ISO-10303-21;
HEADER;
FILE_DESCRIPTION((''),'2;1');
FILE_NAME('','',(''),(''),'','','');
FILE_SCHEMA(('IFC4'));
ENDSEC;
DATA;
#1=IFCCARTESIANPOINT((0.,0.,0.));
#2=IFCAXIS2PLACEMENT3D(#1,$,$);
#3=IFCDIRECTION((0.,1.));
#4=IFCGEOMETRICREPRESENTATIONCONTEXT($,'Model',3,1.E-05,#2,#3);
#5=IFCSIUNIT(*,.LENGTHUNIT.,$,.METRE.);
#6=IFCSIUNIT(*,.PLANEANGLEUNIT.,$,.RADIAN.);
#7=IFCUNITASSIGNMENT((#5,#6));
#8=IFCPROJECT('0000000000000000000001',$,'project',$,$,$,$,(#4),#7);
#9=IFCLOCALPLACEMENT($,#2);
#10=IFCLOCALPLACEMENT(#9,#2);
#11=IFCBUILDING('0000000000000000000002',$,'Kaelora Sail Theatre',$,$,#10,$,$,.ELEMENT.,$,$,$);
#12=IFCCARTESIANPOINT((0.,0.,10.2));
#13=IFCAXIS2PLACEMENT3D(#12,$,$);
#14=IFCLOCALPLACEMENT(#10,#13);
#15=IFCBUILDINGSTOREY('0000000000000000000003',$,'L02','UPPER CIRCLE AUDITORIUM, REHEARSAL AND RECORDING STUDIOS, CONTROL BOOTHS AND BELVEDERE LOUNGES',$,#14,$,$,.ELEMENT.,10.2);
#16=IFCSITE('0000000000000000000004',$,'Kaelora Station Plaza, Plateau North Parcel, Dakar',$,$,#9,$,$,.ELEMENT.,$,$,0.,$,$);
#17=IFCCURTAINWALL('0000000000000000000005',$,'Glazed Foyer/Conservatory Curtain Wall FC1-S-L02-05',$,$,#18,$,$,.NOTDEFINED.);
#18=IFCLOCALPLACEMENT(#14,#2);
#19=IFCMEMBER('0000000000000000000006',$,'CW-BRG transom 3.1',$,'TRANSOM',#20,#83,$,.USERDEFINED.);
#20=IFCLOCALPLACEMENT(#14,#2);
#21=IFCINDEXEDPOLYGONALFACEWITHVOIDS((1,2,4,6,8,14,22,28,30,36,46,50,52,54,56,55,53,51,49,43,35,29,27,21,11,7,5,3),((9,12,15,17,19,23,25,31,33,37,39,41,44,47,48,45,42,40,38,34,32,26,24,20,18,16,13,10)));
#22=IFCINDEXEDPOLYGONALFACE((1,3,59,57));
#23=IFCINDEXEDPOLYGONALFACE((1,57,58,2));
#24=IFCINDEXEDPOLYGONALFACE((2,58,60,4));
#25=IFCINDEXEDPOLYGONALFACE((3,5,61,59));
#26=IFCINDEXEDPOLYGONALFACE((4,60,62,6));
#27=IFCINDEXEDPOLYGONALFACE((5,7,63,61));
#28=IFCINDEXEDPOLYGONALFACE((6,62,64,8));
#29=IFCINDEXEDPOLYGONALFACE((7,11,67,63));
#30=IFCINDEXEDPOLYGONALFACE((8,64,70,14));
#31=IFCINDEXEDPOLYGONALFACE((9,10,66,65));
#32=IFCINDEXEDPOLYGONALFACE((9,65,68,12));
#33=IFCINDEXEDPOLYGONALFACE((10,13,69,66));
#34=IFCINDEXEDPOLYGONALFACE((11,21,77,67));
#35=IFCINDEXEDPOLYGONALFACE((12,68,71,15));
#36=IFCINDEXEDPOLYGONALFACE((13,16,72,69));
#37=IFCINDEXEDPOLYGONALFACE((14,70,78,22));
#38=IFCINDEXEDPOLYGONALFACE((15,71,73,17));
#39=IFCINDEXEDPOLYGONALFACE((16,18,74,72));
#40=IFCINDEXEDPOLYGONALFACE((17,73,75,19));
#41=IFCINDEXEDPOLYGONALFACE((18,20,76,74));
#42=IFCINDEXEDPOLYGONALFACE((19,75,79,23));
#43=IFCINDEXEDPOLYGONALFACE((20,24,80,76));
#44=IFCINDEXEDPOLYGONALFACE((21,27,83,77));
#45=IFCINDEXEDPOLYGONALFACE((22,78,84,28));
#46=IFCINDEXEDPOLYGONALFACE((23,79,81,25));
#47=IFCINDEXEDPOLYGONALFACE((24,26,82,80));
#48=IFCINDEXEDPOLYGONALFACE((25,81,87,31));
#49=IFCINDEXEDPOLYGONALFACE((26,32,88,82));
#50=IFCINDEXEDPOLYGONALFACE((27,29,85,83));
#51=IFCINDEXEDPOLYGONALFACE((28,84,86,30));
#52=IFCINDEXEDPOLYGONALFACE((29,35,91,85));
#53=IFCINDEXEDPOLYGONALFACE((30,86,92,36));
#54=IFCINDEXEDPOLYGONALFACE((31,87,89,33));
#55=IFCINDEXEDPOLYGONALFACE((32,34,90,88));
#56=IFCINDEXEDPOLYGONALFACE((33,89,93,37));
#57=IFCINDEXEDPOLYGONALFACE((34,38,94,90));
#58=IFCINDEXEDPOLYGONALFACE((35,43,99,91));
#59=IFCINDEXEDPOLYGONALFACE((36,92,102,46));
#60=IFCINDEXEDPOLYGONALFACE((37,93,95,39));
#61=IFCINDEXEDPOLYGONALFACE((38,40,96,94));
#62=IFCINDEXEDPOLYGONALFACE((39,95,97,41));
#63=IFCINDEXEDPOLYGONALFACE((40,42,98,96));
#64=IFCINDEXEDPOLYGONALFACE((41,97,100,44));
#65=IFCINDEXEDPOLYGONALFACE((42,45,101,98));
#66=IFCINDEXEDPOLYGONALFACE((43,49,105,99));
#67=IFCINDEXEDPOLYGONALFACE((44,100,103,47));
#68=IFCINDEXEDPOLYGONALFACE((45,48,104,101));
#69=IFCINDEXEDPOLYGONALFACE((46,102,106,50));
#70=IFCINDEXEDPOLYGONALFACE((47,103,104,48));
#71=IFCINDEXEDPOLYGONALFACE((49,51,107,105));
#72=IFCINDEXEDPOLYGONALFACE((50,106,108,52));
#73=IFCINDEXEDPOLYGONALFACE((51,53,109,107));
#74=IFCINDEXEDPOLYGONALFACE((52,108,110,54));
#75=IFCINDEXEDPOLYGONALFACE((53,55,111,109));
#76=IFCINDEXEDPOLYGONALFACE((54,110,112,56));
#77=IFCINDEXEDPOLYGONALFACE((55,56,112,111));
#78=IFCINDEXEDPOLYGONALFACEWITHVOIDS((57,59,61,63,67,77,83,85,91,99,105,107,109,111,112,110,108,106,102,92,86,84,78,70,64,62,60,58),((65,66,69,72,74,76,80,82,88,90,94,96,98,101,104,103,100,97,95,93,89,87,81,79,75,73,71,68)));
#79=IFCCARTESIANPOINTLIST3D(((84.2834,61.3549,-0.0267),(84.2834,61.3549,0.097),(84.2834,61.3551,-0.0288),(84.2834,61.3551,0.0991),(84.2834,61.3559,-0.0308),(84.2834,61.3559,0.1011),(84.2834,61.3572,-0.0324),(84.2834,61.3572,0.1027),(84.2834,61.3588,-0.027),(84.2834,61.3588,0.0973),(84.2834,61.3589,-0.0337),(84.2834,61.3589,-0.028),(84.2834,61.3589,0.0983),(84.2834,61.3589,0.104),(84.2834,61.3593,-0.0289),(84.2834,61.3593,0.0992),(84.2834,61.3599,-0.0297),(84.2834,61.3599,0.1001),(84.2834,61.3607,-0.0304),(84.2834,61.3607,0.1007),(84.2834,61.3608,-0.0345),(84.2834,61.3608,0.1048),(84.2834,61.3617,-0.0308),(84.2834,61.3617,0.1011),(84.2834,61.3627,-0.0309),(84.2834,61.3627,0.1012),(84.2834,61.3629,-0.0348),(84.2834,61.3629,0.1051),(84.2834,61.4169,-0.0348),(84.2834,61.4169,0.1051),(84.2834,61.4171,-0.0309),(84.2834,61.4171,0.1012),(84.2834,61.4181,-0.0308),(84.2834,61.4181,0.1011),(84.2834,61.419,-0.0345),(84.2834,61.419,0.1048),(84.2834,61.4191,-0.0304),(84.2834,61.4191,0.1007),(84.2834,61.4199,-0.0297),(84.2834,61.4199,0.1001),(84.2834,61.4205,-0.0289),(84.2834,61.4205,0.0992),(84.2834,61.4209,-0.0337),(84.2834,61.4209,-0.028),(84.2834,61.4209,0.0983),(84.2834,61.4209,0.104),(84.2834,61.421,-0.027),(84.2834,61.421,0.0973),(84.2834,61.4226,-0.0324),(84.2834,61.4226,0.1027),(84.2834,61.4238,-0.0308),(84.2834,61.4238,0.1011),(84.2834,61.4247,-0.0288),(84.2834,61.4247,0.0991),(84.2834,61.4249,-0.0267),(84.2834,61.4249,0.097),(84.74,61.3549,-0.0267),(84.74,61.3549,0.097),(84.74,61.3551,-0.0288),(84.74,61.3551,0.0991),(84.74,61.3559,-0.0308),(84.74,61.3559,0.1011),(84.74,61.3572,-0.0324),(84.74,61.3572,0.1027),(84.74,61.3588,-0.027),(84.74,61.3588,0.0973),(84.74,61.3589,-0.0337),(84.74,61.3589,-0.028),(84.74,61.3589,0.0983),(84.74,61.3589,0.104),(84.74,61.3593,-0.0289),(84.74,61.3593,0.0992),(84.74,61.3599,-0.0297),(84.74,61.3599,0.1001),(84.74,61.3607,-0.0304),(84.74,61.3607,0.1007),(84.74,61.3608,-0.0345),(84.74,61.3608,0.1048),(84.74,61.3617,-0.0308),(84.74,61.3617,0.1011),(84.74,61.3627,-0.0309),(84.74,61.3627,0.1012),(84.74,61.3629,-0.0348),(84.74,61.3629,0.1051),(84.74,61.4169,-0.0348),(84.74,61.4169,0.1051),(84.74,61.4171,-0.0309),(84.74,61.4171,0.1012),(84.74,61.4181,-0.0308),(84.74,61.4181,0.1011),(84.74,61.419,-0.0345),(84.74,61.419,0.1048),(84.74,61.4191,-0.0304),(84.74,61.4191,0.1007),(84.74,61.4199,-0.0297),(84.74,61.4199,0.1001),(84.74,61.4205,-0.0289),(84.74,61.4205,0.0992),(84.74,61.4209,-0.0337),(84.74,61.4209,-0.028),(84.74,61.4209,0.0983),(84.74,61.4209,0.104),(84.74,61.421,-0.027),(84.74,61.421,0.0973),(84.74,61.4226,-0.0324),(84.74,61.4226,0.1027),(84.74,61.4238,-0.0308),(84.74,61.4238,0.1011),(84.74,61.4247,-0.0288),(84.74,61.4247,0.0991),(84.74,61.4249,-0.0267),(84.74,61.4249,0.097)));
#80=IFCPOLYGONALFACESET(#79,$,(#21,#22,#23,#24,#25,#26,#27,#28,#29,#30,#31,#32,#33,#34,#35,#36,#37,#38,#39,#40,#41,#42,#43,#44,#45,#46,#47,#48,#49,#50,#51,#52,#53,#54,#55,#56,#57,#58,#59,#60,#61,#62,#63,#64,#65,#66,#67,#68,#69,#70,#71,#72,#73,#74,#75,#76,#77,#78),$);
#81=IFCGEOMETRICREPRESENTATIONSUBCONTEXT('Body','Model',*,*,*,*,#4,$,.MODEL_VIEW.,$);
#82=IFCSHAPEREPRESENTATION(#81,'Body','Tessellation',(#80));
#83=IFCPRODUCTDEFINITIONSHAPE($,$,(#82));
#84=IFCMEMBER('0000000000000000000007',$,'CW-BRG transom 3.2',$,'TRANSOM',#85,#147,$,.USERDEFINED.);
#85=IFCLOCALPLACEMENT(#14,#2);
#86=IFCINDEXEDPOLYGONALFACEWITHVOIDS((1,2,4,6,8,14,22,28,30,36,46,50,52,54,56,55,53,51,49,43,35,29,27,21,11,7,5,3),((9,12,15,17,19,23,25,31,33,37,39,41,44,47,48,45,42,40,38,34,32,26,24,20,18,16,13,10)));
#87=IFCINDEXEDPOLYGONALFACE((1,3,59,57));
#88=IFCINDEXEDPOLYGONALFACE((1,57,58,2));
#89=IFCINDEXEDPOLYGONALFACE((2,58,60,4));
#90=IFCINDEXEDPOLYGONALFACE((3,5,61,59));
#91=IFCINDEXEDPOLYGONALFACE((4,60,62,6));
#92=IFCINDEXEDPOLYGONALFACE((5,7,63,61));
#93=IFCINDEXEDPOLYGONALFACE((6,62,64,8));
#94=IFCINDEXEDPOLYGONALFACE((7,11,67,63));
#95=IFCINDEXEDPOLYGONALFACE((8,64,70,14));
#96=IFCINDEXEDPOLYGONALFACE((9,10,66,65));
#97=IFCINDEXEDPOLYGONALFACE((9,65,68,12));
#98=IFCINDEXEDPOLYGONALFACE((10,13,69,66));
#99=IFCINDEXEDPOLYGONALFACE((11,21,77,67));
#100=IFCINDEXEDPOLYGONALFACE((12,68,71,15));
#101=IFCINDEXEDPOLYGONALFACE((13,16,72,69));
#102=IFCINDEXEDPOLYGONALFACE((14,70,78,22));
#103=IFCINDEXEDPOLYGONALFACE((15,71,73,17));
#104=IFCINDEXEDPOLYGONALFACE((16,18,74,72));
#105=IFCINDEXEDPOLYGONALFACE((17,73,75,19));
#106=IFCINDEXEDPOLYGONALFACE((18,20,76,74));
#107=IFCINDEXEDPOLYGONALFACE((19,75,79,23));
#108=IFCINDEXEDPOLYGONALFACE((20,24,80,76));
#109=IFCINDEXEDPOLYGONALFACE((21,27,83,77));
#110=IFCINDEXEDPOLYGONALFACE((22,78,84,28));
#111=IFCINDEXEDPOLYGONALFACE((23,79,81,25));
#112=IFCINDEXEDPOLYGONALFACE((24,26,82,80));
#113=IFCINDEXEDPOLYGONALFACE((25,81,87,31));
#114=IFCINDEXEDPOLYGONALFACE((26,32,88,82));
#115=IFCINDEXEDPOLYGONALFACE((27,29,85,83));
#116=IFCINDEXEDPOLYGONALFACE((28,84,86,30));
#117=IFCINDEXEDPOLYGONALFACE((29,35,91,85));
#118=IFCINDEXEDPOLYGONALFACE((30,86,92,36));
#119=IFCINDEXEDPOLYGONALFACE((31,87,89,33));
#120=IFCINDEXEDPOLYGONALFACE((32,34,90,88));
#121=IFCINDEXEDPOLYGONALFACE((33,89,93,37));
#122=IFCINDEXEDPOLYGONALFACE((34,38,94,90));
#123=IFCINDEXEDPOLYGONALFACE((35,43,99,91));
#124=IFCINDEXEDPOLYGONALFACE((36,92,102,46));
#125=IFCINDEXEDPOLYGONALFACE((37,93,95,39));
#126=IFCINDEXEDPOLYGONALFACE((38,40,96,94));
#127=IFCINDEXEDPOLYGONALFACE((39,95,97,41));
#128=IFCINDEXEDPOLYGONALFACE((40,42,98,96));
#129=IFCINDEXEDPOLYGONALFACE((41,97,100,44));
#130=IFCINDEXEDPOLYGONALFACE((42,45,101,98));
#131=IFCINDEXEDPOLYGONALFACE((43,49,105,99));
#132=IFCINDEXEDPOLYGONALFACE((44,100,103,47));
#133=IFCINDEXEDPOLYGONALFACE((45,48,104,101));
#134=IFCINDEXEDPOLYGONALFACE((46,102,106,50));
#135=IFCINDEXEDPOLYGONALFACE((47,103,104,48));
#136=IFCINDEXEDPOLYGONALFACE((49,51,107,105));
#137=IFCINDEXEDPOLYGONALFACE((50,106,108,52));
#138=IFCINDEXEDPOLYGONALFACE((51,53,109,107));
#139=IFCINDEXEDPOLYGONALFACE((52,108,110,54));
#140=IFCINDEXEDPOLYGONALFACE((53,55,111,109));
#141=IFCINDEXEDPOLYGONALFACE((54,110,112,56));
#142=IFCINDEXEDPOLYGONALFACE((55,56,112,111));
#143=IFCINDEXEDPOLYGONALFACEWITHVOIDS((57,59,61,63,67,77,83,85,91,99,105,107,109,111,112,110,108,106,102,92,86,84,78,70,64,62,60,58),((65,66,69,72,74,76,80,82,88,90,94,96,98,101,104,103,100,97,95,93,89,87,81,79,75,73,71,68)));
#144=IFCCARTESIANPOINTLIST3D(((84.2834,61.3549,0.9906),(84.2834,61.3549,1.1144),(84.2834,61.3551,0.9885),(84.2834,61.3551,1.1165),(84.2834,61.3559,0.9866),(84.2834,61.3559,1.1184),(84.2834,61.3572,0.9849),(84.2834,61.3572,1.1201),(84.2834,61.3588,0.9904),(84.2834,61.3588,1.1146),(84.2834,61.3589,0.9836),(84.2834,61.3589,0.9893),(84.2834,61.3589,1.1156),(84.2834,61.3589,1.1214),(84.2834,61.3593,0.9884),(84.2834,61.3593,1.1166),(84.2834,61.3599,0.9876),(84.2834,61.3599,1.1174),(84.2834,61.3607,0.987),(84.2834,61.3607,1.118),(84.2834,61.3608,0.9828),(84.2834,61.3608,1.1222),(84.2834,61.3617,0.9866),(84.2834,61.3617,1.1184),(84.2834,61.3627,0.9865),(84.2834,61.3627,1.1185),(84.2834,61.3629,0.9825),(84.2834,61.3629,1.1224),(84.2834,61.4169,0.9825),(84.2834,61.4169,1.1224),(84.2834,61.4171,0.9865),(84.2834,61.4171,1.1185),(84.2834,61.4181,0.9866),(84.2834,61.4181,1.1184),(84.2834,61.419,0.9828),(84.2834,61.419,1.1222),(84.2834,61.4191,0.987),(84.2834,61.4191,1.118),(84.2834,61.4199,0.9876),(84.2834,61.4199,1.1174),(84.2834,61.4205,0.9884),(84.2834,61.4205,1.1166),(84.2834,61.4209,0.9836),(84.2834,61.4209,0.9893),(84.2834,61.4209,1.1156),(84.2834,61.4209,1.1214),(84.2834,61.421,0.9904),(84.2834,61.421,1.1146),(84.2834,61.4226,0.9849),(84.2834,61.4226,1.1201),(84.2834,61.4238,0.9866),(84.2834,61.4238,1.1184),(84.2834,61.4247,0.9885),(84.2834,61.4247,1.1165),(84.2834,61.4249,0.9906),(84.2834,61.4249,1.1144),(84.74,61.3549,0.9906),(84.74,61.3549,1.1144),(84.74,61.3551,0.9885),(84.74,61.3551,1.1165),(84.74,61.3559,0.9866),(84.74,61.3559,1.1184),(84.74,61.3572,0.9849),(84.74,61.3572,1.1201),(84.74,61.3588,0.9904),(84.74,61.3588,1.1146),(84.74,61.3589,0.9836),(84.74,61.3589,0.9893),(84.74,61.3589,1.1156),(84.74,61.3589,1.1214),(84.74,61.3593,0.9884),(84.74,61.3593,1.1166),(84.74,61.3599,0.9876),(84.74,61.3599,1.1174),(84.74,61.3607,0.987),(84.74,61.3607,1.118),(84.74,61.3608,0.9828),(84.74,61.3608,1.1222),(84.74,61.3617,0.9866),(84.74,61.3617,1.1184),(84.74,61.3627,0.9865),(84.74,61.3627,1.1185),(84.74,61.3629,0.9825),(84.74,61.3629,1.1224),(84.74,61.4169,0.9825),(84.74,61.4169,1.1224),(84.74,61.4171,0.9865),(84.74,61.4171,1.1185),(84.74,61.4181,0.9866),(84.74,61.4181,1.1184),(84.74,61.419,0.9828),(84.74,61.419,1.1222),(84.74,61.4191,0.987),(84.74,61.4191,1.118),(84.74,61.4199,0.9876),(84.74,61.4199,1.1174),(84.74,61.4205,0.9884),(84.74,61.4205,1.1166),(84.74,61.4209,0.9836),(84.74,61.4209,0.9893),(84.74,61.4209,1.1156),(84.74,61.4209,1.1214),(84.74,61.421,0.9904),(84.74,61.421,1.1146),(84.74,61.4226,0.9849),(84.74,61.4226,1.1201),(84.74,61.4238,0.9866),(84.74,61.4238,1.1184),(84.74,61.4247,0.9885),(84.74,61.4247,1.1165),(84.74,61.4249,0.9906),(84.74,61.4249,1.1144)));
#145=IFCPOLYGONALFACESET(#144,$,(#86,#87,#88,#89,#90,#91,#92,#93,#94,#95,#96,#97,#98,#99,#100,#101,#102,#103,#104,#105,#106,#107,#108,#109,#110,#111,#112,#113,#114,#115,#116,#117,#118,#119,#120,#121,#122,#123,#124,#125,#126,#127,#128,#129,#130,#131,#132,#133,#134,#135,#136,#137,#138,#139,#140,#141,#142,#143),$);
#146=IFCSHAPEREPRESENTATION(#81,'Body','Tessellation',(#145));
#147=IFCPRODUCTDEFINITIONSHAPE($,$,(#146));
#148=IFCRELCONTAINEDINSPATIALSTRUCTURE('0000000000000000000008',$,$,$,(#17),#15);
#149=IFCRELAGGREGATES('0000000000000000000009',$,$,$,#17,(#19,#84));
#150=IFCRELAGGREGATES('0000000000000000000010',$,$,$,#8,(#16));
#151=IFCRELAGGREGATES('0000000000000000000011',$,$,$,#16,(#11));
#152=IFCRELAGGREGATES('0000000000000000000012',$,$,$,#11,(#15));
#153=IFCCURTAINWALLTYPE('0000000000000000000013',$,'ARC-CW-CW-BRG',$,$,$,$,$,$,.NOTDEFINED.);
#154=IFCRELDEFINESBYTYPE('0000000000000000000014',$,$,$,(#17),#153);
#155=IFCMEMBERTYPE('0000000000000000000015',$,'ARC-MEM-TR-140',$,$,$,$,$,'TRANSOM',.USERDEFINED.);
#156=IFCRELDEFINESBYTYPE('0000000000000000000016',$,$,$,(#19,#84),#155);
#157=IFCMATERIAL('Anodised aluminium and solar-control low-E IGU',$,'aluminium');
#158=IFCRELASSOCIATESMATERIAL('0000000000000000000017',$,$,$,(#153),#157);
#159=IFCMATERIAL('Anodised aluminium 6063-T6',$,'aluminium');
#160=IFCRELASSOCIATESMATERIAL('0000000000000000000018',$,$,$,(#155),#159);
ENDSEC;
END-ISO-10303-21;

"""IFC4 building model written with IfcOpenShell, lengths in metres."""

from ifc_helpers import new_model, si_unit, direction, frame, origin, origin_2d, place, context, subcontext, project, spatial, hollow_rectangle, extrude, material, material_profile, profile_set, type_object, element, aggregate, save


model = new_model("IFC4")

# Units and contexts
model_context = context("Model", 3, precision=1e-05, world=origin(), true_north=direction((0.0, 1.0)))
body_context = subcontext(model_context, "Body", "Model", "MODEL_VIEW")
ifc_project = project(units=[si_unit("LENGTHUNIT", "METRE"), si_unit("PLANEANGLEUNIT", "RADIAN")], contexts=[model_context])

# Site, building, storey
site_placement = place(None, origin())
site = spatial("IfcSite", under=ifc_project, at=site_placement, Name="Kaelora Station Plaza, Plateau North Parcel, Dakar", CompositionType="ELEMENT", RefElevation=0.0)
building_placement = place(site_placement, origin())
building = spatial("IfcBuilding", under=site, at=building_placement, Name="Kaelora Sail Theatre", CompositionType="ELEMENT")
storey_placement = place(building_placement, frame((0.0, 0.0, 10.2)))
storey = spatial("IfcBuildingStorey", under=building, at=storey_placement, Name="L02", Description="UPPER CIRCLE AUDITORIUM, REHEARSAL AND RECORDING STUDIOS, CONTROL BOOTHS AND BELVEDERE LOUNGES", CompositionType="ELEMENT", Elevation=10.2)

# Curtain wall
ifc_material_1 = material(Name="Anodised aluminium and solar-control low-E IGU", Category="aluminium")
curtain_wall_type = type_object("IfcCurtainWallType", Name="ARC-CW-CW-BRG", PredefinedType="NOTDEFINED", material=ifc_material_1)
curtain_wall_1_placement = place(storey_placement, origin())
curtain_wall_1 = element("IfcCurtainWall", 1, at=curtain_wall_1_placement, inside=storey, type_object=curtain_wall_type, Name="Glazed Foyer/Conservatory Curtain Wall FC1-S-L02-05", PredefinedType="NOTDEFINED")

# Members
ifc_material_2 = material(Name="Anodised aluminium 6063-T6", Category="aluminium")
ifc_material_profile_1 = material_profile(ifc_material_2, hollow_rectangle(XDim=0.0701, YDim=0.1399, WallThickness=0.0039, InnerFilletRadius=0.0039, OuterFilletRadius=0.0081, at=origin_2d()), Name="ALU-TRAN 70x140x4")
ifc_profile_set_1 = profile_set([ifc_material_profile_1], Name="Anodised aluminium 6063-T6")
member_type_1 = type_object("IfcMemberType", Name="ARC-MEM-TR-140", ElementType="TRANSOM", PredefinedType="USERDEFINED", material=ifc_profile_set_1)
member_1_placement = place(storey_placement, frame((84.2834, 61.3899, 0.0352), z_axis=(1.0, 0.0, 0.0), x_axis=(0.0, 1.0, 0.0)))
member_1 = element("IfcMember", 2, at=member_1_placement, type_object=member_type_1, Name="CW-BRG transom 3.1", ObjectType="TRANSOM", PredefinedType="USERDEFINED", context=body_context, shape_type="SweptSolid", body=[
    extrude(hollow_rectangle(XDim=0.0701, YDim=0.1399, WallThickness=0.0039, InnerFilletRadius=0.0039, OuterFilletRadius=0.0081, at=origin_2d()), origin(), (0.0, 0.0, 1.0), 0.4565),
])
member_2_placement = place(storey_placement, frame((84.2834, 61.3899, 1.0525), z_axis=(1.0, 0.0, 0.0), x_axis=(0.0, 1.0, 0.0)))
member_2 = element("IfcMember", 3, at=member_2_placement, type_object=member_type_1, Name="CW-BRG transom 3.2", ObjectType="TRANSOM", PredefinedType="USERDEFINED", context=body_context, shape_type="SweptSolid", body=[
    extrude(hollow_rectangle(XDim=0.0701, YDim=0.1399, WallThickness=0.0039, InnerFilletRadius=0.0039, OuterFilletRadius=0.0081, at=origin_2d()), origin(), (0.0, 0.0, 1.0), 0.4565),
])

aggregate(curtain_wall_1, [member_1, member_2])

save(model, "model.ifc")
